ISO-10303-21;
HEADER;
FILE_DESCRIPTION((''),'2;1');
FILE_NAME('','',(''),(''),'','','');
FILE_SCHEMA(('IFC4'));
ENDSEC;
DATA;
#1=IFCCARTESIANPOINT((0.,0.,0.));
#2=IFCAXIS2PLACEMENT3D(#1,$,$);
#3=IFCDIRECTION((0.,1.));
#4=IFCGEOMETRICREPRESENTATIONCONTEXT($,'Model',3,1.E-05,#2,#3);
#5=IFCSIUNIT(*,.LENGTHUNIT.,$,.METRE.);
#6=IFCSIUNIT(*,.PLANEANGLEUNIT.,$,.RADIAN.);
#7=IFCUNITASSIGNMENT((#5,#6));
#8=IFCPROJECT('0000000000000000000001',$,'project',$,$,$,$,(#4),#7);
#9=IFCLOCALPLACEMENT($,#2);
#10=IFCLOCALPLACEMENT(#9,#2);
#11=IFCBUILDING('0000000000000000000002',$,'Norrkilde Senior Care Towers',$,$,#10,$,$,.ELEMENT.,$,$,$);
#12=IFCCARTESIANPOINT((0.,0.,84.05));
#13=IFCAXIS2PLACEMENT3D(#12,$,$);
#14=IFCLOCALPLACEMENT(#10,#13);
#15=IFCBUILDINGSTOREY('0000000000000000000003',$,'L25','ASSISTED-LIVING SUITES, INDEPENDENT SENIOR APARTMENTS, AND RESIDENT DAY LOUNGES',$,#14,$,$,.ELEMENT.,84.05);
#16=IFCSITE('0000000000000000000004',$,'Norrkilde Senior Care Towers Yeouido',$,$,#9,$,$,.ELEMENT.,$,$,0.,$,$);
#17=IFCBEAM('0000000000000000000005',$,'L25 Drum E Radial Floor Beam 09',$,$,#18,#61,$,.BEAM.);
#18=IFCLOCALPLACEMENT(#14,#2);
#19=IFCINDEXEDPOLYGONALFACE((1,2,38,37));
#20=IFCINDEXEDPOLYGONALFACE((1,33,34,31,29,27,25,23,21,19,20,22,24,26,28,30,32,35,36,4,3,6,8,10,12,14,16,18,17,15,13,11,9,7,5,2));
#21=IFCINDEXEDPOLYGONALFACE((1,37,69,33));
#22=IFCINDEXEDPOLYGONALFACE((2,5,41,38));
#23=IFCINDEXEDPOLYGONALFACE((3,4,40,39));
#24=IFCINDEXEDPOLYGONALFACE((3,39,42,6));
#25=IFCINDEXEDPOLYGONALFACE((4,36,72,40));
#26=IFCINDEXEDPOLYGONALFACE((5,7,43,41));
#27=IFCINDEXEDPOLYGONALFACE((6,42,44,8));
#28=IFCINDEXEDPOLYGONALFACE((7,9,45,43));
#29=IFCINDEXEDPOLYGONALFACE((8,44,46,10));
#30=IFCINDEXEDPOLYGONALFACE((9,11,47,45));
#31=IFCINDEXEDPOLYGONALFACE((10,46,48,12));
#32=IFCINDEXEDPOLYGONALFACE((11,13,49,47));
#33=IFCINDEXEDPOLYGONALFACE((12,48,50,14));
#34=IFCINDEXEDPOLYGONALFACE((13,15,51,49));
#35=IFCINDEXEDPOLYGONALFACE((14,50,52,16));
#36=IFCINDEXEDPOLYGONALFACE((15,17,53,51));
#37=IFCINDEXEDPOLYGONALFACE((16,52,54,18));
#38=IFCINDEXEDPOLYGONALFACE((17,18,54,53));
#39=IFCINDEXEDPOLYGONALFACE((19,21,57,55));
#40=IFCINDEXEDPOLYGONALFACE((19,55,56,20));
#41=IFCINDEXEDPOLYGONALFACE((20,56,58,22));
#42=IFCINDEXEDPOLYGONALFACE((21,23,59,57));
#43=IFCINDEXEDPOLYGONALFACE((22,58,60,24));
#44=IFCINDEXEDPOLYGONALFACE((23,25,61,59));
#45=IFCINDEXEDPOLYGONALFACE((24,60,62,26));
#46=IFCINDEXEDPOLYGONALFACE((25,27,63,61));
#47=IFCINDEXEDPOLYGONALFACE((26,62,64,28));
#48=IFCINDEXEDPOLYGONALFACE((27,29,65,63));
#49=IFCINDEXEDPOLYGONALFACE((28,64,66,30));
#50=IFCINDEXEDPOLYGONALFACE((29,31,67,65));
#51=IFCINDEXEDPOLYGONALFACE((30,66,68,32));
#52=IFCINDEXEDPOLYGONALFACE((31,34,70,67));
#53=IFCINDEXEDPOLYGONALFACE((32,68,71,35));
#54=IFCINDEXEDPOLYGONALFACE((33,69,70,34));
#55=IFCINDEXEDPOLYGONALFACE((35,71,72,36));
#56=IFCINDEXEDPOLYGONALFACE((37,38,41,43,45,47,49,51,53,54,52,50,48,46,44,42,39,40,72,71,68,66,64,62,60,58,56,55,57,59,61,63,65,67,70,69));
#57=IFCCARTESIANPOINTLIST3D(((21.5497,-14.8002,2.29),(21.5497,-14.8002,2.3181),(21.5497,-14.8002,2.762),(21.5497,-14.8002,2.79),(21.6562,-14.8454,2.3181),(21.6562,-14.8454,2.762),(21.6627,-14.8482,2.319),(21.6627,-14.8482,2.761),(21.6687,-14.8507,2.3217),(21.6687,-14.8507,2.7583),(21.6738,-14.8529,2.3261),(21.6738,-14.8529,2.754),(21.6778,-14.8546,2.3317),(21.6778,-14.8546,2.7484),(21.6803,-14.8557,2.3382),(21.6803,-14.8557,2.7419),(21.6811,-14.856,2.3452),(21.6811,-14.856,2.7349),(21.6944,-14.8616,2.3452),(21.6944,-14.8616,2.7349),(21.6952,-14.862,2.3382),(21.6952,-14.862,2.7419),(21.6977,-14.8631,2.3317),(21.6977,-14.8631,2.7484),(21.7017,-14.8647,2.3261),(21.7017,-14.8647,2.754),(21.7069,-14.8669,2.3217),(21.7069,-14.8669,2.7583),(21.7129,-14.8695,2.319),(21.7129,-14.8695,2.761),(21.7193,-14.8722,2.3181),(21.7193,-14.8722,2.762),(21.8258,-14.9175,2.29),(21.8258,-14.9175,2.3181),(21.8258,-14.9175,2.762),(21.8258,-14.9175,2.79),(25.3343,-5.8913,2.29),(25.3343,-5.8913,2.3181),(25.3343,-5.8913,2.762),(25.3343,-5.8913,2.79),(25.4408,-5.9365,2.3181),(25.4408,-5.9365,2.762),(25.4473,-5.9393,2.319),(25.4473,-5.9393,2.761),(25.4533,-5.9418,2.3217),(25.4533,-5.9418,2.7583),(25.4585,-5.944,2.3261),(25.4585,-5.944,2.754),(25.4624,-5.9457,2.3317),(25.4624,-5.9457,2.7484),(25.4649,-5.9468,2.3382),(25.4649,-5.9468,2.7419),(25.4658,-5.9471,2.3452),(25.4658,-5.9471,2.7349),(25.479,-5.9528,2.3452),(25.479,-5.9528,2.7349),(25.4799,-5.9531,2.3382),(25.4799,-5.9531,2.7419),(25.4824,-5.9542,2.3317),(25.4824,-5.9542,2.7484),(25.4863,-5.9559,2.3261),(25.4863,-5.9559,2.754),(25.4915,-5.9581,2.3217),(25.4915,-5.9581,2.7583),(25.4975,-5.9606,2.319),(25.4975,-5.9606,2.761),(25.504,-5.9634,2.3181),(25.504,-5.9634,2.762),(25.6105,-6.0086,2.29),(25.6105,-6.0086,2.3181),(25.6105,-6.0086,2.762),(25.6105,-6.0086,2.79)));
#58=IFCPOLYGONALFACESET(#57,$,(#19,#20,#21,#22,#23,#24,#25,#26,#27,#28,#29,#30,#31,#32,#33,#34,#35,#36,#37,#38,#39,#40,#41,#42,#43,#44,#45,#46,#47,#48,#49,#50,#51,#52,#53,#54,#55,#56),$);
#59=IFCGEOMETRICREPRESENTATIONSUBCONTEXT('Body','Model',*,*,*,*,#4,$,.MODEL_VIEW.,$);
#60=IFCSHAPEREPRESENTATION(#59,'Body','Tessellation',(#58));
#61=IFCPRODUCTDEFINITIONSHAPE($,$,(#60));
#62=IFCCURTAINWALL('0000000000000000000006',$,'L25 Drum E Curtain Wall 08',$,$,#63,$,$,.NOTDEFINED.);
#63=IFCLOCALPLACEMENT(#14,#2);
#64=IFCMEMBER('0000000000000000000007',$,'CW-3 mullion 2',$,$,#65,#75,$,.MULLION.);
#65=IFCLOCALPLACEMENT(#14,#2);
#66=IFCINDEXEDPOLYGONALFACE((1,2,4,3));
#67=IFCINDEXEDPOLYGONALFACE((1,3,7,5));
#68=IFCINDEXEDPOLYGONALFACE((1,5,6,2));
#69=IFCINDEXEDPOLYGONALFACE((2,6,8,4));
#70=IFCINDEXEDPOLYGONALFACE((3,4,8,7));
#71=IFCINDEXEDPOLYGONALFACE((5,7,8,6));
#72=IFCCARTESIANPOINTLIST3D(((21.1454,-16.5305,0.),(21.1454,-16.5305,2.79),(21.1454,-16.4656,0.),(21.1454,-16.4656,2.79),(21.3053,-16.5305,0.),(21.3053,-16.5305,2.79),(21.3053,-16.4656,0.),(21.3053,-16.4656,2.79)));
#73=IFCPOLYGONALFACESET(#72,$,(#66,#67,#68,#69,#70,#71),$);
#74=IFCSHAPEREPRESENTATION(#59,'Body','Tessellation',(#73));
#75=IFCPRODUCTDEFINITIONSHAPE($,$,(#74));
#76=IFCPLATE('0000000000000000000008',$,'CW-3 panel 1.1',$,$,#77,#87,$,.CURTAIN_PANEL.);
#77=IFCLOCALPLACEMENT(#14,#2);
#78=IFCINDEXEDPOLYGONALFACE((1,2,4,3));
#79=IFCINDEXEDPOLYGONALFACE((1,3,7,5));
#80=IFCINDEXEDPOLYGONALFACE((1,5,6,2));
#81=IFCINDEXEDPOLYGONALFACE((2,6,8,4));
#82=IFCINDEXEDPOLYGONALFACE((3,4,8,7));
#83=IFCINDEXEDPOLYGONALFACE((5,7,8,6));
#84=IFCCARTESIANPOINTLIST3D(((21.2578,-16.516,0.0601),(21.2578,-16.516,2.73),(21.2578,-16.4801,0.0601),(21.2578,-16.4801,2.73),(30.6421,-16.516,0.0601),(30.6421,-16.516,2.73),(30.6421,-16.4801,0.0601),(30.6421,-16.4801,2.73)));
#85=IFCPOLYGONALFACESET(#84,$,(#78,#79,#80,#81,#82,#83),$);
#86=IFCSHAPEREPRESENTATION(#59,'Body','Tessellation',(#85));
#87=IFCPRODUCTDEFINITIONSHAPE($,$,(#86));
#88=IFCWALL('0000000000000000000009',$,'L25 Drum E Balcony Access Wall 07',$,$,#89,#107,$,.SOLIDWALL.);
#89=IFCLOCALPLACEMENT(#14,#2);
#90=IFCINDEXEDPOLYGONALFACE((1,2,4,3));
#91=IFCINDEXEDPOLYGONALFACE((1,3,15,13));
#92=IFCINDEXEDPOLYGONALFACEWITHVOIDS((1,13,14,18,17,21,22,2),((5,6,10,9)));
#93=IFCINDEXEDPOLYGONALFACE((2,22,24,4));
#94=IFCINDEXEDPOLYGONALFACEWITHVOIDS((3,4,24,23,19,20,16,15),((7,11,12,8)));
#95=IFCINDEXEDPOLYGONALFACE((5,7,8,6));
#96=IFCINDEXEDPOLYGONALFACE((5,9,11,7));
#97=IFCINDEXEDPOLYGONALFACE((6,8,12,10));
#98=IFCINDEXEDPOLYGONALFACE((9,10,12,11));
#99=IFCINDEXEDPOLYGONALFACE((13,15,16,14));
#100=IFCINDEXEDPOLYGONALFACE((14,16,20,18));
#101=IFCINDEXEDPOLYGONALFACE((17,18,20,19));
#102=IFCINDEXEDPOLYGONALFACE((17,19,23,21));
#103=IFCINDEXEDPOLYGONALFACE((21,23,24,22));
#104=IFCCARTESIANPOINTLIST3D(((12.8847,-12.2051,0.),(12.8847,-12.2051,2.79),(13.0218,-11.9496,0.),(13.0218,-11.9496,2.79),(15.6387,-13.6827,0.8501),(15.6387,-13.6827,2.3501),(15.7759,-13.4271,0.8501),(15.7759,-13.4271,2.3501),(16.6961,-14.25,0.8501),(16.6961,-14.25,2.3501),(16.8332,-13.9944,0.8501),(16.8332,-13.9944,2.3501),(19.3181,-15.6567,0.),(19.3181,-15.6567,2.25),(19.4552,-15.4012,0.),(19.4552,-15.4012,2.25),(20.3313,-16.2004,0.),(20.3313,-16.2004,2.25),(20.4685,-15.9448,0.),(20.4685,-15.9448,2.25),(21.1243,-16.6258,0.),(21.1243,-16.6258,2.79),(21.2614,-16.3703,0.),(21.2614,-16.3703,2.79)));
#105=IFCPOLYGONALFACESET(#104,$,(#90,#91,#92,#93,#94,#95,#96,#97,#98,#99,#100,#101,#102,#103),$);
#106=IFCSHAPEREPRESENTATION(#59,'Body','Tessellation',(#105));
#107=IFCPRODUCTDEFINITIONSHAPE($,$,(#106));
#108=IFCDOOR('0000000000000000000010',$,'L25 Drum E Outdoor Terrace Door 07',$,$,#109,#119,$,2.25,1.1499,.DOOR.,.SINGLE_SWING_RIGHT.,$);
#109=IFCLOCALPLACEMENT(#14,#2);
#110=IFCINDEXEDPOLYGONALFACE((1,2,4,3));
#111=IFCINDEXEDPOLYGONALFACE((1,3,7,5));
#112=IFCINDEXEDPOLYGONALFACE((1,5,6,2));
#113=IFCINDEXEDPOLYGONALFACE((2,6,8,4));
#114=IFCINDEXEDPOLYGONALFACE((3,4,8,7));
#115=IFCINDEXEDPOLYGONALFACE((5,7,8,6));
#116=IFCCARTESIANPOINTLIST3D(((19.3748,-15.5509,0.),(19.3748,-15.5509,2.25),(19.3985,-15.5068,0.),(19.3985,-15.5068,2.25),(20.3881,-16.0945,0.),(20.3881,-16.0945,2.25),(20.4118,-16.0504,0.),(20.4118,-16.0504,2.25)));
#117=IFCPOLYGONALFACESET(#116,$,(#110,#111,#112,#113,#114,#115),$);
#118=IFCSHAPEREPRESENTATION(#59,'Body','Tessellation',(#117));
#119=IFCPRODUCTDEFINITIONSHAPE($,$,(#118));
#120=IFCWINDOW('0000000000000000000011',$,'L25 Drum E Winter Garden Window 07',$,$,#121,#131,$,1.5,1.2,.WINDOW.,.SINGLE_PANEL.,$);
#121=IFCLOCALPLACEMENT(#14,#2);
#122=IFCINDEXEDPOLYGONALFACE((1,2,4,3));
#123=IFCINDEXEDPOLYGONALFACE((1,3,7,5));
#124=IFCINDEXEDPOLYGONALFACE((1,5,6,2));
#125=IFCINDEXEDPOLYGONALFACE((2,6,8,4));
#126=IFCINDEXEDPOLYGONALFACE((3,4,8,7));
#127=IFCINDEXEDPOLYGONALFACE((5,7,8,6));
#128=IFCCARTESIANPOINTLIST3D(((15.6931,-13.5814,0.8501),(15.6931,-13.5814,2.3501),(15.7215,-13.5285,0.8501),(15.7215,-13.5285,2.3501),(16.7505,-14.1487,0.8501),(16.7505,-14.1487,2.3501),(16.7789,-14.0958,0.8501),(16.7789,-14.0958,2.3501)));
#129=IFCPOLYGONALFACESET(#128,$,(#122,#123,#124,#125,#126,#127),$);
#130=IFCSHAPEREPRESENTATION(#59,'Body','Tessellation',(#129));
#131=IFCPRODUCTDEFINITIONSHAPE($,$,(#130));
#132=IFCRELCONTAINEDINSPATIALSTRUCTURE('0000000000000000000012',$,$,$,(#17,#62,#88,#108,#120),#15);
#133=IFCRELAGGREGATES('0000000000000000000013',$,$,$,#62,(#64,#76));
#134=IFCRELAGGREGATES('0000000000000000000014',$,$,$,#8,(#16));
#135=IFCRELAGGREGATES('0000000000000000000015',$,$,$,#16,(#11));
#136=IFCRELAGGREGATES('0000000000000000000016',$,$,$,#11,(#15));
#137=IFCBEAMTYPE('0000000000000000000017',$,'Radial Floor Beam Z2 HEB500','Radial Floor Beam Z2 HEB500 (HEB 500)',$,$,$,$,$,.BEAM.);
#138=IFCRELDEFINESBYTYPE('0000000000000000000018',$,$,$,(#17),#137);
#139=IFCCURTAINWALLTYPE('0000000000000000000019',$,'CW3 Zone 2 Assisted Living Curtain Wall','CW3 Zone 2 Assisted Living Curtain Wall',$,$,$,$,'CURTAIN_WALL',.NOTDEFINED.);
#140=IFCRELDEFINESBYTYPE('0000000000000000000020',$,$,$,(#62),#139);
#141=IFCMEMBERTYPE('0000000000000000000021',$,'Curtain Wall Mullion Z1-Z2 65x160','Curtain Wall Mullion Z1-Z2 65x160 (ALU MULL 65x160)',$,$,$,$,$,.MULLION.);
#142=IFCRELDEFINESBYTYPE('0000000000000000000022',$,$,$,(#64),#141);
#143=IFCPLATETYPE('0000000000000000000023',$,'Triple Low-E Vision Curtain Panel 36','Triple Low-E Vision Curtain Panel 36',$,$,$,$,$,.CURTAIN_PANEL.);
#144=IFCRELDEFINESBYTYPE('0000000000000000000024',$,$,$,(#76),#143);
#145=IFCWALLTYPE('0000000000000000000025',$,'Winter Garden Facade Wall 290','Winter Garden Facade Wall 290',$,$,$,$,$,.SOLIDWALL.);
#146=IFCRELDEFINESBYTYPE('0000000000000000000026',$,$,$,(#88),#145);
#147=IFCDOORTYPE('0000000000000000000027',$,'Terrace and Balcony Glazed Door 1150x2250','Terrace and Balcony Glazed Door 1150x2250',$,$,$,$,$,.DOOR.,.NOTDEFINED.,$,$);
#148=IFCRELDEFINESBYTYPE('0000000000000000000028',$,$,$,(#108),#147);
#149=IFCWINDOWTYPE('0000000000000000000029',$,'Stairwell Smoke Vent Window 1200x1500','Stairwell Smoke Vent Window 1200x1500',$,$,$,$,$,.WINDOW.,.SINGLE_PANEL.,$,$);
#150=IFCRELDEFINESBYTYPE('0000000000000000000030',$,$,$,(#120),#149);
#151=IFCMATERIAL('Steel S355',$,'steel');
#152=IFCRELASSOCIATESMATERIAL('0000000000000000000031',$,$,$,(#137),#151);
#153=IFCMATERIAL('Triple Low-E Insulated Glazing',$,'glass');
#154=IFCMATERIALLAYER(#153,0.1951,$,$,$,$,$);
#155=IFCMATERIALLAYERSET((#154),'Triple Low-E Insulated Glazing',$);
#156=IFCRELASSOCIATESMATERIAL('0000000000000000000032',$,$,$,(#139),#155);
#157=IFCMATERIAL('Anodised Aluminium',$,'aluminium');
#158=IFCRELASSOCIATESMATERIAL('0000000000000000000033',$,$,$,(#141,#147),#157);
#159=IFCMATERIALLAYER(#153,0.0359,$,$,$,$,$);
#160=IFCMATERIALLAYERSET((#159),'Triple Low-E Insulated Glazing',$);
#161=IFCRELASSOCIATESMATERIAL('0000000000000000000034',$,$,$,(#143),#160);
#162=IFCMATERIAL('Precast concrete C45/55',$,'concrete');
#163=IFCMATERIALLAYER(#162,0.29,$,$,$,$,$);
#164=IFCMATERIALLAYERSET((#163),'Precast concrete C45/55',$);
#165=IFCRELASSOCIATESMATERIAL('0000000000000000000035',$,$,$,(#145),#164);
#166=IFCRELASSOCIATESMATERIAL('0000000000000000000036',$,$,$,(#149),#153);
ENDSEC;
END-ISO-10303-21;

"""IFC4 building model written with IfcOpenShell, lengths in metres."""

from ifc_helpers import new_model, si_unit, direction, frame, frame_2d, origin, origin_2d, place, context, subcontext, project, spatial, rectangle, i_section, extrude, source, transform, mapped, material, layer, layer_set, material_profile, profile_set, type_object, type_shapes, element, fill, aggregate, save


model = new_model("IFC4")

# Units and contexts
model_context = context("Model", 3, precision=1e-05, world=origin(), true_north=direction((0.0, 1.0)))
body_context = subcontext(model_context, "Body", "Model", "MODEL_VIEW")
ifc_project = project(units=[si_unit("LENGTHUNIT", "METRE"), si_unit("PLANEANGLEUNIT", "RADIAN")], contexts=[model_context])

# Site, building, storey
site_placement = place(None, origin())
site = spatial("IfcSite", under=ifc_project, at=site_placement, Name="Norrkilde Senior Care Towers Yeouido", CompositionType="ELEMENT", RefElevation=0.0)
building_placement = place(site_placement, origin())
building = spatial("IfcBuilding", under=site, at=building_placement, Name="Norrkilde Senior Care Towers", CompositionType="ELEMENT")
storey_placement = place(building_placement, frame((0.0, 0.0, 84.05)))
storey = spatial("IfcBuildingStorey", under=building, at=storey_placement, Name="L25", Description="ASSISTED-LIVING SUITES, INDEPENDENT SENIOR APARTMENTS, AND RESIDENT DAY LOUNGES", CompositionType="ELEMENT", Elevation=84.05)

# Beam
ifc_material_1 = material(Name="Steel S355", Category="steel")
ifc_material_profile_1 = material_profile(ifc_material_1, i_section(OverallWidth=0.3, OverallDepth=0.5, WebThickness=0.0144, FlangeThickness=0.0281, FilletRadius=0.0271, at=origin_2d()), Name="HEB 500")
ifc_profile_set_1 = profile_set([ifc_material_profile_1], Name="Steel S355")
beam_type_1 = type_object("IfcBeamType", Name="Radial Floor Beam Z2 HEB500", Description="Radial Floor Beam Z2 HEB500 (HEB 500)", PredefinedType="BEAM", material=ifc_profile_set_1)
shared_shape_1 = source(origin(), body_context, "Body", "SweptSolid", [
    extrude(i_section(OverallWidth=0.3, OverallDepth=0.5, WebThickness=0.0144, FlangeThickness=0.0281, FilletRadius=0.0271, at=origin_2d()), origin(), (0.0, 0.0, 1.0), 9.6794),
])
beam_1_placement = place(storey_placement, frame((25.4724, -5.95, 2.54), z_axis=(-0.390998, -0.920392, 0.0), x_axis=(0.920392, -0.390998, 0.0)))
element("IfcBeam", 1, at=beam_1_placement, inside=storey, type_object=beam_type_1, Name="L25 Drum E Radial Floor Beam 09", PredefinedType="BEAM", context=body_context, shape_type="MappedRepresentation", body=[
    mapped(shared_shape_1, transform((0.0, 0.0, 0.0), x_axis=(1.0, 0.0, 0.0), y_axis=(0.0, 1.0, 0.0), z_axis=(0.0, 0.0, 1.0), scale=1.0)),
])

# Curtain wall, member, plate
ifc_material_2 = material(Name="Triple Low-E Insulated Glazing", Category="glass")
ifc_layer_1 = layer(ifc_material_2, 0.1951)
ifc_layer_set_1 = layer_set([ifc_layer_1], Name="Triple Low-E Insulated Glazing")
curtain_wall_type = type_object("IfcCurtainWallType", Name="CW3 Zone 2 Assisted Living Curtain Wall", Description="CW3 Zone 2 Assisted Living Curtain Wall", ElementType="CURTAIN_WALL", PredefinedType="NOTDEFINED", material=ifc_layer_set_1)
curtain_wall_placement = place(storey_placement, origin())
curtain_wall = element("IfcCurtainWall", 2, at=curtain_wall_placement, inside=storey, type_object=curtain_wall_type, Name="L25 Drum E Curtain Wall 08", PredefinedType="NOTDEFINED")
ifc_material_3 = material(Name="Anodised Aluminium", Category="aluminium")
ifc_material_profile_2 = material_profile(ifc_material_3, rectangle(XDim=0.0649, YDim=0.1599, at=origin_2d()), Name="ALU MULL 65x160")
ifc_profile_set_2 = profile_set([ifc_material_profile_2], Name="Anodised Aluminium")
member_type = type_object("IfcMemberType", Name="Curtain Wall Mullion Z1-Z2 65x160", Description="Curtain Wall Mullion Z1-Z2 65x160 (ALU MULL 65x160)", PredefinedType="MULLION", material=ifc_profile_set_2)
shared_shape_2 = source(origin(), body_context, "Body", "SweptSolid", [
    extrude(rectangle(XDim=0.0649, YDim=0.1599, at=origin_2d()), origin(), (0.0, 0.0, 1.0), 2.79),
])
type_shapes(member_type, [shared_shape_2])
member_placement = place(storey_placement, frame((21.2253, -16.498, 0.0), z_axis=(0.0, 0.0, 1.0), x_axis=(0.0, -1.0, 0.0)))
member = element("IfcMember", 3, at=member_placement, type_object=member_type, Name="CW-3 mullion 2", PredefinedType="MULLION", context=body_context, shape_type="MappedRepresentation", body=[
    mapped(shared_shape_2, transform((0.0, 0.0, 0.0), x_axis=(1.0, 0.0, 0.0), y_axis=(0.0, 1.0, 0.0), z_axis=(0.0, 0.0, 1.0), scale=1.0)),
])
ifc_layer_2 = layer(ifc_material_2, 0.0359)
ifc_layer_set_2 = layer_set([ifc_layer_2], Name="Triple Low-E Insulated Glazing")
plate_type = type_object("IfcPlateType", Name="Triple Low-E Vision Curtain Panel 36", Description="Triple Low-E Vision Curtain Panel 36", PredefinedType="CURTAIN_PANEL", material=ifc_layer_set_2)
shared_shape_3 = source(origin(), body_context, "Body", "SweptSolid", [
    extrude(rectangle(XDim=9.3843, YDim=0.0359, at=origin_2d()), origin(), (0.0, 0.0, 1.0), 2.6699),
])
type_shapes(plate_type, [shared_shape_3])
plate_placement = place(storey_placement, frame((25.95, -16.498, 0.0601), z_axis=(0.0, 0.0, 1.0), x_axis=(-1.0, 0.0, 0.0)))
plate = element("IfcPlate", 4, at=plate_placement, type_object=plate_type, Name="CW-3 panel 1.1", PredefinedType="CURTAIN_PANEL", context=body_context, shape_type="MappedRepresentation", body=[
    mapped(shared_shape_3, transform((0.0, 0.0, 0.0), x_axis=(1.0, 0.0, 0.0), y_axis=(0.0, 1.0, 0.0), z_axis=(0.0, 0.0, 1.0), scale=1.0)),
])
aggregate(curtain_wall, [member, plate])

# Wall, openings, door, window
ifc_material_4 = material(Name="Precast concrete C45/55", Category="concrete")
ifc_layer_3 = layer(ifc_material_4, 0.29)
ifc_layer_set_3 = layer_set([ifc_layer_3], Name="Precast concrete C45/55")
wall_type_1 = type_object("IfcWallType", Name="Winter Garden Facade Wall 290", Description="Winter Garden Facade Wall 290", PredefinedType="SOLIDWALL", material=ifc_layer_set_3)
shared_shape_4 = source(origin(), body_context, "Body", "SweptSolid", [
    extrude(rectangle(XDim=9.3506, YDim=0.29, at=frame_2d((4.6753, 0.0))), origin(), (0.0, 0.0, 1.0), 2.79),
])
type_shapes(wall_type_1, [shared_shape_4])
wall_1_placement = place(storey_placement, frame((21.1929, -16.498, 0.0), z_axis=(0.0, 0.0, 1.0), x_axis=(-0.881184, 0.472773, 0.0)))
wall_1 = element("IfcWall", 5, at=wall_1_placement, inside=storey, type_object=wall_type_1, Name="L25 Drum E Balcony Access Wall 07", PredefinedType="SOLIDWALL", context=body_context, shape_type="MappedRepresentation", body=[
    mapped(shared_shape_4, transform((0.0, 0.0, 0.0), x_axis=(1.0, 0.0, 0.0), y_axis=(0.0, 1.0, 0.0), z_axis=(0.0, 0.0, 1.0), scale=1.0)),
])
opening_1_placement = place(wall_1_placement, frame((0.8999, 0.0, 0.0)))
opening_1 = element("IfcOpeningElement", 6, at=opening_1_placement, cuts=wall_1, PredefinedType="OPENING", context=body_context, shape_type="SweptSolid", body=[
    extrude(rectangle(XDim=1.1499, YDim=2.25, at=frame_2d((0.575, 1.125))), frame((0.0, 0.155, 0.0), z_axis=(0.0, -1.0, 0.0), x_axis=(1.0, 0.0, 0.0)), (0.0, 0.0, 1.0), 0.3101),
])
opening_2_placement = place(wall_1_placement, frame((5.0251, 0.0, 0.8501)))
opening_2 = element("IfcOpeningElement", 7, at=opening_2_placement, cuts=wall_1, PredefinedType="OPENING", context=body_context, shape_type="SweptSolid", body=[
    extrude(rectangle(XDim=1.2, YDim=1.5, at=frame_2d((0.6001, 0.75))), frame((0.0, 0.155, 0.0), z_axis=(0.0, -1.0, 0.0), x_axis=(1.0, 0.0, 0.0)), (0.0, 0.0, 1.0), 0.3101),
])
door_type_1 = type_object("IfcDoorType", Name="Terrace and Balcony Glazed Door 1150x2250", Description="Terrace and Balcony Glazed Door 1150x2250", OperationType="NOTDEFINED", PredefinedType="DOOR", material=ifc_material_3)
shared_shape_5 = source(origin(), body_context, "Body", "SweptSolid", [
    extrude(rectangle(XDim=1.1499, YDim=2.25, at=frame_2d((0.575, 1.125))), frame((0.0, 0.0249, 0.0), z_axis=(0.0, -1.0, 0.0), x_axis=(1.0, 0.0, 0.0)), (0.0, 0.0, 1.0), 0.05),
])
type_shapes(door_type_1, [shared_shape_5])
door_1_placement = place(opening_1_placement, origin())
door_1 = element("IfcDoor", 8, at=door_1_placement, inside=storey, type_object=door_type_1, Name="L25 Drum E Outdoor Terrace Door 07", OperationType="SINGLE_SWING_RIGHT", OverallHeight=2.25, OverallWidth=1.1499, PredefinedType="DOOR", context=body_context, shape_type="MappedRepresentation", body=[
    mapped(shared_shape_5, transform((0.0, 0.0, 0.0), x_axis=(1.0, 0.0, 0.0), y_axis=(0.0, 1.0, 0.0), z_axis=(0.0, 0.0, 1.0), scale=1.0)),
])
fill(opening_1, door_1)
window_type = type_object("IfcWindowType", Name="Stairwell Smoke Vent Window 1200x1500", Description="Stairwell Smoke Vent Window 1200x1500", PartitioningType="SINGLE_PANEL", PredefinedType="WINDOW", material=ifc_material_2)
shared_shape_6 = source(origin(), body_context, "Body", "SweptSolid", [
    extrude(rectangle(XDim=1.2, YDim=1.5, at=frame_2d((0.6001, 0.75))), frame((0.0, 0.03, 0.0), z_axis=(0.0, -1.0, 0.0), x_axis=(1.0, 0.0, 0.0)), (0.0, 0.0, 1.0), 0.0601),
])
type_shapes(window_type, [shared_shape_6])
window_placement = place(opening_2_placement, origin())
window = element("IfcWindow", 9, at=window_placement, inside=storey, type_object=window_type, Name="L25 Drum E Winter Garden Window 07", OverallHeight=1.5, OverallWidth=1.2, PartitioningType="SINGLE_PANEL", PredefinedType="WINDOW", context=body_context, shape_type="MappedRepresentation", body=[
    mapped(shared_shape_6, transform((0.0, 0.0, 0.0), x_axis=(1.0, 0.0, 0.0), y_axis=(0.0, 1.0, 0.0), z_axis=(0.0, 0.0, 1.0), scale=1.0)),
])
fill(opening_2, window)

save(model, "model.ifc")
